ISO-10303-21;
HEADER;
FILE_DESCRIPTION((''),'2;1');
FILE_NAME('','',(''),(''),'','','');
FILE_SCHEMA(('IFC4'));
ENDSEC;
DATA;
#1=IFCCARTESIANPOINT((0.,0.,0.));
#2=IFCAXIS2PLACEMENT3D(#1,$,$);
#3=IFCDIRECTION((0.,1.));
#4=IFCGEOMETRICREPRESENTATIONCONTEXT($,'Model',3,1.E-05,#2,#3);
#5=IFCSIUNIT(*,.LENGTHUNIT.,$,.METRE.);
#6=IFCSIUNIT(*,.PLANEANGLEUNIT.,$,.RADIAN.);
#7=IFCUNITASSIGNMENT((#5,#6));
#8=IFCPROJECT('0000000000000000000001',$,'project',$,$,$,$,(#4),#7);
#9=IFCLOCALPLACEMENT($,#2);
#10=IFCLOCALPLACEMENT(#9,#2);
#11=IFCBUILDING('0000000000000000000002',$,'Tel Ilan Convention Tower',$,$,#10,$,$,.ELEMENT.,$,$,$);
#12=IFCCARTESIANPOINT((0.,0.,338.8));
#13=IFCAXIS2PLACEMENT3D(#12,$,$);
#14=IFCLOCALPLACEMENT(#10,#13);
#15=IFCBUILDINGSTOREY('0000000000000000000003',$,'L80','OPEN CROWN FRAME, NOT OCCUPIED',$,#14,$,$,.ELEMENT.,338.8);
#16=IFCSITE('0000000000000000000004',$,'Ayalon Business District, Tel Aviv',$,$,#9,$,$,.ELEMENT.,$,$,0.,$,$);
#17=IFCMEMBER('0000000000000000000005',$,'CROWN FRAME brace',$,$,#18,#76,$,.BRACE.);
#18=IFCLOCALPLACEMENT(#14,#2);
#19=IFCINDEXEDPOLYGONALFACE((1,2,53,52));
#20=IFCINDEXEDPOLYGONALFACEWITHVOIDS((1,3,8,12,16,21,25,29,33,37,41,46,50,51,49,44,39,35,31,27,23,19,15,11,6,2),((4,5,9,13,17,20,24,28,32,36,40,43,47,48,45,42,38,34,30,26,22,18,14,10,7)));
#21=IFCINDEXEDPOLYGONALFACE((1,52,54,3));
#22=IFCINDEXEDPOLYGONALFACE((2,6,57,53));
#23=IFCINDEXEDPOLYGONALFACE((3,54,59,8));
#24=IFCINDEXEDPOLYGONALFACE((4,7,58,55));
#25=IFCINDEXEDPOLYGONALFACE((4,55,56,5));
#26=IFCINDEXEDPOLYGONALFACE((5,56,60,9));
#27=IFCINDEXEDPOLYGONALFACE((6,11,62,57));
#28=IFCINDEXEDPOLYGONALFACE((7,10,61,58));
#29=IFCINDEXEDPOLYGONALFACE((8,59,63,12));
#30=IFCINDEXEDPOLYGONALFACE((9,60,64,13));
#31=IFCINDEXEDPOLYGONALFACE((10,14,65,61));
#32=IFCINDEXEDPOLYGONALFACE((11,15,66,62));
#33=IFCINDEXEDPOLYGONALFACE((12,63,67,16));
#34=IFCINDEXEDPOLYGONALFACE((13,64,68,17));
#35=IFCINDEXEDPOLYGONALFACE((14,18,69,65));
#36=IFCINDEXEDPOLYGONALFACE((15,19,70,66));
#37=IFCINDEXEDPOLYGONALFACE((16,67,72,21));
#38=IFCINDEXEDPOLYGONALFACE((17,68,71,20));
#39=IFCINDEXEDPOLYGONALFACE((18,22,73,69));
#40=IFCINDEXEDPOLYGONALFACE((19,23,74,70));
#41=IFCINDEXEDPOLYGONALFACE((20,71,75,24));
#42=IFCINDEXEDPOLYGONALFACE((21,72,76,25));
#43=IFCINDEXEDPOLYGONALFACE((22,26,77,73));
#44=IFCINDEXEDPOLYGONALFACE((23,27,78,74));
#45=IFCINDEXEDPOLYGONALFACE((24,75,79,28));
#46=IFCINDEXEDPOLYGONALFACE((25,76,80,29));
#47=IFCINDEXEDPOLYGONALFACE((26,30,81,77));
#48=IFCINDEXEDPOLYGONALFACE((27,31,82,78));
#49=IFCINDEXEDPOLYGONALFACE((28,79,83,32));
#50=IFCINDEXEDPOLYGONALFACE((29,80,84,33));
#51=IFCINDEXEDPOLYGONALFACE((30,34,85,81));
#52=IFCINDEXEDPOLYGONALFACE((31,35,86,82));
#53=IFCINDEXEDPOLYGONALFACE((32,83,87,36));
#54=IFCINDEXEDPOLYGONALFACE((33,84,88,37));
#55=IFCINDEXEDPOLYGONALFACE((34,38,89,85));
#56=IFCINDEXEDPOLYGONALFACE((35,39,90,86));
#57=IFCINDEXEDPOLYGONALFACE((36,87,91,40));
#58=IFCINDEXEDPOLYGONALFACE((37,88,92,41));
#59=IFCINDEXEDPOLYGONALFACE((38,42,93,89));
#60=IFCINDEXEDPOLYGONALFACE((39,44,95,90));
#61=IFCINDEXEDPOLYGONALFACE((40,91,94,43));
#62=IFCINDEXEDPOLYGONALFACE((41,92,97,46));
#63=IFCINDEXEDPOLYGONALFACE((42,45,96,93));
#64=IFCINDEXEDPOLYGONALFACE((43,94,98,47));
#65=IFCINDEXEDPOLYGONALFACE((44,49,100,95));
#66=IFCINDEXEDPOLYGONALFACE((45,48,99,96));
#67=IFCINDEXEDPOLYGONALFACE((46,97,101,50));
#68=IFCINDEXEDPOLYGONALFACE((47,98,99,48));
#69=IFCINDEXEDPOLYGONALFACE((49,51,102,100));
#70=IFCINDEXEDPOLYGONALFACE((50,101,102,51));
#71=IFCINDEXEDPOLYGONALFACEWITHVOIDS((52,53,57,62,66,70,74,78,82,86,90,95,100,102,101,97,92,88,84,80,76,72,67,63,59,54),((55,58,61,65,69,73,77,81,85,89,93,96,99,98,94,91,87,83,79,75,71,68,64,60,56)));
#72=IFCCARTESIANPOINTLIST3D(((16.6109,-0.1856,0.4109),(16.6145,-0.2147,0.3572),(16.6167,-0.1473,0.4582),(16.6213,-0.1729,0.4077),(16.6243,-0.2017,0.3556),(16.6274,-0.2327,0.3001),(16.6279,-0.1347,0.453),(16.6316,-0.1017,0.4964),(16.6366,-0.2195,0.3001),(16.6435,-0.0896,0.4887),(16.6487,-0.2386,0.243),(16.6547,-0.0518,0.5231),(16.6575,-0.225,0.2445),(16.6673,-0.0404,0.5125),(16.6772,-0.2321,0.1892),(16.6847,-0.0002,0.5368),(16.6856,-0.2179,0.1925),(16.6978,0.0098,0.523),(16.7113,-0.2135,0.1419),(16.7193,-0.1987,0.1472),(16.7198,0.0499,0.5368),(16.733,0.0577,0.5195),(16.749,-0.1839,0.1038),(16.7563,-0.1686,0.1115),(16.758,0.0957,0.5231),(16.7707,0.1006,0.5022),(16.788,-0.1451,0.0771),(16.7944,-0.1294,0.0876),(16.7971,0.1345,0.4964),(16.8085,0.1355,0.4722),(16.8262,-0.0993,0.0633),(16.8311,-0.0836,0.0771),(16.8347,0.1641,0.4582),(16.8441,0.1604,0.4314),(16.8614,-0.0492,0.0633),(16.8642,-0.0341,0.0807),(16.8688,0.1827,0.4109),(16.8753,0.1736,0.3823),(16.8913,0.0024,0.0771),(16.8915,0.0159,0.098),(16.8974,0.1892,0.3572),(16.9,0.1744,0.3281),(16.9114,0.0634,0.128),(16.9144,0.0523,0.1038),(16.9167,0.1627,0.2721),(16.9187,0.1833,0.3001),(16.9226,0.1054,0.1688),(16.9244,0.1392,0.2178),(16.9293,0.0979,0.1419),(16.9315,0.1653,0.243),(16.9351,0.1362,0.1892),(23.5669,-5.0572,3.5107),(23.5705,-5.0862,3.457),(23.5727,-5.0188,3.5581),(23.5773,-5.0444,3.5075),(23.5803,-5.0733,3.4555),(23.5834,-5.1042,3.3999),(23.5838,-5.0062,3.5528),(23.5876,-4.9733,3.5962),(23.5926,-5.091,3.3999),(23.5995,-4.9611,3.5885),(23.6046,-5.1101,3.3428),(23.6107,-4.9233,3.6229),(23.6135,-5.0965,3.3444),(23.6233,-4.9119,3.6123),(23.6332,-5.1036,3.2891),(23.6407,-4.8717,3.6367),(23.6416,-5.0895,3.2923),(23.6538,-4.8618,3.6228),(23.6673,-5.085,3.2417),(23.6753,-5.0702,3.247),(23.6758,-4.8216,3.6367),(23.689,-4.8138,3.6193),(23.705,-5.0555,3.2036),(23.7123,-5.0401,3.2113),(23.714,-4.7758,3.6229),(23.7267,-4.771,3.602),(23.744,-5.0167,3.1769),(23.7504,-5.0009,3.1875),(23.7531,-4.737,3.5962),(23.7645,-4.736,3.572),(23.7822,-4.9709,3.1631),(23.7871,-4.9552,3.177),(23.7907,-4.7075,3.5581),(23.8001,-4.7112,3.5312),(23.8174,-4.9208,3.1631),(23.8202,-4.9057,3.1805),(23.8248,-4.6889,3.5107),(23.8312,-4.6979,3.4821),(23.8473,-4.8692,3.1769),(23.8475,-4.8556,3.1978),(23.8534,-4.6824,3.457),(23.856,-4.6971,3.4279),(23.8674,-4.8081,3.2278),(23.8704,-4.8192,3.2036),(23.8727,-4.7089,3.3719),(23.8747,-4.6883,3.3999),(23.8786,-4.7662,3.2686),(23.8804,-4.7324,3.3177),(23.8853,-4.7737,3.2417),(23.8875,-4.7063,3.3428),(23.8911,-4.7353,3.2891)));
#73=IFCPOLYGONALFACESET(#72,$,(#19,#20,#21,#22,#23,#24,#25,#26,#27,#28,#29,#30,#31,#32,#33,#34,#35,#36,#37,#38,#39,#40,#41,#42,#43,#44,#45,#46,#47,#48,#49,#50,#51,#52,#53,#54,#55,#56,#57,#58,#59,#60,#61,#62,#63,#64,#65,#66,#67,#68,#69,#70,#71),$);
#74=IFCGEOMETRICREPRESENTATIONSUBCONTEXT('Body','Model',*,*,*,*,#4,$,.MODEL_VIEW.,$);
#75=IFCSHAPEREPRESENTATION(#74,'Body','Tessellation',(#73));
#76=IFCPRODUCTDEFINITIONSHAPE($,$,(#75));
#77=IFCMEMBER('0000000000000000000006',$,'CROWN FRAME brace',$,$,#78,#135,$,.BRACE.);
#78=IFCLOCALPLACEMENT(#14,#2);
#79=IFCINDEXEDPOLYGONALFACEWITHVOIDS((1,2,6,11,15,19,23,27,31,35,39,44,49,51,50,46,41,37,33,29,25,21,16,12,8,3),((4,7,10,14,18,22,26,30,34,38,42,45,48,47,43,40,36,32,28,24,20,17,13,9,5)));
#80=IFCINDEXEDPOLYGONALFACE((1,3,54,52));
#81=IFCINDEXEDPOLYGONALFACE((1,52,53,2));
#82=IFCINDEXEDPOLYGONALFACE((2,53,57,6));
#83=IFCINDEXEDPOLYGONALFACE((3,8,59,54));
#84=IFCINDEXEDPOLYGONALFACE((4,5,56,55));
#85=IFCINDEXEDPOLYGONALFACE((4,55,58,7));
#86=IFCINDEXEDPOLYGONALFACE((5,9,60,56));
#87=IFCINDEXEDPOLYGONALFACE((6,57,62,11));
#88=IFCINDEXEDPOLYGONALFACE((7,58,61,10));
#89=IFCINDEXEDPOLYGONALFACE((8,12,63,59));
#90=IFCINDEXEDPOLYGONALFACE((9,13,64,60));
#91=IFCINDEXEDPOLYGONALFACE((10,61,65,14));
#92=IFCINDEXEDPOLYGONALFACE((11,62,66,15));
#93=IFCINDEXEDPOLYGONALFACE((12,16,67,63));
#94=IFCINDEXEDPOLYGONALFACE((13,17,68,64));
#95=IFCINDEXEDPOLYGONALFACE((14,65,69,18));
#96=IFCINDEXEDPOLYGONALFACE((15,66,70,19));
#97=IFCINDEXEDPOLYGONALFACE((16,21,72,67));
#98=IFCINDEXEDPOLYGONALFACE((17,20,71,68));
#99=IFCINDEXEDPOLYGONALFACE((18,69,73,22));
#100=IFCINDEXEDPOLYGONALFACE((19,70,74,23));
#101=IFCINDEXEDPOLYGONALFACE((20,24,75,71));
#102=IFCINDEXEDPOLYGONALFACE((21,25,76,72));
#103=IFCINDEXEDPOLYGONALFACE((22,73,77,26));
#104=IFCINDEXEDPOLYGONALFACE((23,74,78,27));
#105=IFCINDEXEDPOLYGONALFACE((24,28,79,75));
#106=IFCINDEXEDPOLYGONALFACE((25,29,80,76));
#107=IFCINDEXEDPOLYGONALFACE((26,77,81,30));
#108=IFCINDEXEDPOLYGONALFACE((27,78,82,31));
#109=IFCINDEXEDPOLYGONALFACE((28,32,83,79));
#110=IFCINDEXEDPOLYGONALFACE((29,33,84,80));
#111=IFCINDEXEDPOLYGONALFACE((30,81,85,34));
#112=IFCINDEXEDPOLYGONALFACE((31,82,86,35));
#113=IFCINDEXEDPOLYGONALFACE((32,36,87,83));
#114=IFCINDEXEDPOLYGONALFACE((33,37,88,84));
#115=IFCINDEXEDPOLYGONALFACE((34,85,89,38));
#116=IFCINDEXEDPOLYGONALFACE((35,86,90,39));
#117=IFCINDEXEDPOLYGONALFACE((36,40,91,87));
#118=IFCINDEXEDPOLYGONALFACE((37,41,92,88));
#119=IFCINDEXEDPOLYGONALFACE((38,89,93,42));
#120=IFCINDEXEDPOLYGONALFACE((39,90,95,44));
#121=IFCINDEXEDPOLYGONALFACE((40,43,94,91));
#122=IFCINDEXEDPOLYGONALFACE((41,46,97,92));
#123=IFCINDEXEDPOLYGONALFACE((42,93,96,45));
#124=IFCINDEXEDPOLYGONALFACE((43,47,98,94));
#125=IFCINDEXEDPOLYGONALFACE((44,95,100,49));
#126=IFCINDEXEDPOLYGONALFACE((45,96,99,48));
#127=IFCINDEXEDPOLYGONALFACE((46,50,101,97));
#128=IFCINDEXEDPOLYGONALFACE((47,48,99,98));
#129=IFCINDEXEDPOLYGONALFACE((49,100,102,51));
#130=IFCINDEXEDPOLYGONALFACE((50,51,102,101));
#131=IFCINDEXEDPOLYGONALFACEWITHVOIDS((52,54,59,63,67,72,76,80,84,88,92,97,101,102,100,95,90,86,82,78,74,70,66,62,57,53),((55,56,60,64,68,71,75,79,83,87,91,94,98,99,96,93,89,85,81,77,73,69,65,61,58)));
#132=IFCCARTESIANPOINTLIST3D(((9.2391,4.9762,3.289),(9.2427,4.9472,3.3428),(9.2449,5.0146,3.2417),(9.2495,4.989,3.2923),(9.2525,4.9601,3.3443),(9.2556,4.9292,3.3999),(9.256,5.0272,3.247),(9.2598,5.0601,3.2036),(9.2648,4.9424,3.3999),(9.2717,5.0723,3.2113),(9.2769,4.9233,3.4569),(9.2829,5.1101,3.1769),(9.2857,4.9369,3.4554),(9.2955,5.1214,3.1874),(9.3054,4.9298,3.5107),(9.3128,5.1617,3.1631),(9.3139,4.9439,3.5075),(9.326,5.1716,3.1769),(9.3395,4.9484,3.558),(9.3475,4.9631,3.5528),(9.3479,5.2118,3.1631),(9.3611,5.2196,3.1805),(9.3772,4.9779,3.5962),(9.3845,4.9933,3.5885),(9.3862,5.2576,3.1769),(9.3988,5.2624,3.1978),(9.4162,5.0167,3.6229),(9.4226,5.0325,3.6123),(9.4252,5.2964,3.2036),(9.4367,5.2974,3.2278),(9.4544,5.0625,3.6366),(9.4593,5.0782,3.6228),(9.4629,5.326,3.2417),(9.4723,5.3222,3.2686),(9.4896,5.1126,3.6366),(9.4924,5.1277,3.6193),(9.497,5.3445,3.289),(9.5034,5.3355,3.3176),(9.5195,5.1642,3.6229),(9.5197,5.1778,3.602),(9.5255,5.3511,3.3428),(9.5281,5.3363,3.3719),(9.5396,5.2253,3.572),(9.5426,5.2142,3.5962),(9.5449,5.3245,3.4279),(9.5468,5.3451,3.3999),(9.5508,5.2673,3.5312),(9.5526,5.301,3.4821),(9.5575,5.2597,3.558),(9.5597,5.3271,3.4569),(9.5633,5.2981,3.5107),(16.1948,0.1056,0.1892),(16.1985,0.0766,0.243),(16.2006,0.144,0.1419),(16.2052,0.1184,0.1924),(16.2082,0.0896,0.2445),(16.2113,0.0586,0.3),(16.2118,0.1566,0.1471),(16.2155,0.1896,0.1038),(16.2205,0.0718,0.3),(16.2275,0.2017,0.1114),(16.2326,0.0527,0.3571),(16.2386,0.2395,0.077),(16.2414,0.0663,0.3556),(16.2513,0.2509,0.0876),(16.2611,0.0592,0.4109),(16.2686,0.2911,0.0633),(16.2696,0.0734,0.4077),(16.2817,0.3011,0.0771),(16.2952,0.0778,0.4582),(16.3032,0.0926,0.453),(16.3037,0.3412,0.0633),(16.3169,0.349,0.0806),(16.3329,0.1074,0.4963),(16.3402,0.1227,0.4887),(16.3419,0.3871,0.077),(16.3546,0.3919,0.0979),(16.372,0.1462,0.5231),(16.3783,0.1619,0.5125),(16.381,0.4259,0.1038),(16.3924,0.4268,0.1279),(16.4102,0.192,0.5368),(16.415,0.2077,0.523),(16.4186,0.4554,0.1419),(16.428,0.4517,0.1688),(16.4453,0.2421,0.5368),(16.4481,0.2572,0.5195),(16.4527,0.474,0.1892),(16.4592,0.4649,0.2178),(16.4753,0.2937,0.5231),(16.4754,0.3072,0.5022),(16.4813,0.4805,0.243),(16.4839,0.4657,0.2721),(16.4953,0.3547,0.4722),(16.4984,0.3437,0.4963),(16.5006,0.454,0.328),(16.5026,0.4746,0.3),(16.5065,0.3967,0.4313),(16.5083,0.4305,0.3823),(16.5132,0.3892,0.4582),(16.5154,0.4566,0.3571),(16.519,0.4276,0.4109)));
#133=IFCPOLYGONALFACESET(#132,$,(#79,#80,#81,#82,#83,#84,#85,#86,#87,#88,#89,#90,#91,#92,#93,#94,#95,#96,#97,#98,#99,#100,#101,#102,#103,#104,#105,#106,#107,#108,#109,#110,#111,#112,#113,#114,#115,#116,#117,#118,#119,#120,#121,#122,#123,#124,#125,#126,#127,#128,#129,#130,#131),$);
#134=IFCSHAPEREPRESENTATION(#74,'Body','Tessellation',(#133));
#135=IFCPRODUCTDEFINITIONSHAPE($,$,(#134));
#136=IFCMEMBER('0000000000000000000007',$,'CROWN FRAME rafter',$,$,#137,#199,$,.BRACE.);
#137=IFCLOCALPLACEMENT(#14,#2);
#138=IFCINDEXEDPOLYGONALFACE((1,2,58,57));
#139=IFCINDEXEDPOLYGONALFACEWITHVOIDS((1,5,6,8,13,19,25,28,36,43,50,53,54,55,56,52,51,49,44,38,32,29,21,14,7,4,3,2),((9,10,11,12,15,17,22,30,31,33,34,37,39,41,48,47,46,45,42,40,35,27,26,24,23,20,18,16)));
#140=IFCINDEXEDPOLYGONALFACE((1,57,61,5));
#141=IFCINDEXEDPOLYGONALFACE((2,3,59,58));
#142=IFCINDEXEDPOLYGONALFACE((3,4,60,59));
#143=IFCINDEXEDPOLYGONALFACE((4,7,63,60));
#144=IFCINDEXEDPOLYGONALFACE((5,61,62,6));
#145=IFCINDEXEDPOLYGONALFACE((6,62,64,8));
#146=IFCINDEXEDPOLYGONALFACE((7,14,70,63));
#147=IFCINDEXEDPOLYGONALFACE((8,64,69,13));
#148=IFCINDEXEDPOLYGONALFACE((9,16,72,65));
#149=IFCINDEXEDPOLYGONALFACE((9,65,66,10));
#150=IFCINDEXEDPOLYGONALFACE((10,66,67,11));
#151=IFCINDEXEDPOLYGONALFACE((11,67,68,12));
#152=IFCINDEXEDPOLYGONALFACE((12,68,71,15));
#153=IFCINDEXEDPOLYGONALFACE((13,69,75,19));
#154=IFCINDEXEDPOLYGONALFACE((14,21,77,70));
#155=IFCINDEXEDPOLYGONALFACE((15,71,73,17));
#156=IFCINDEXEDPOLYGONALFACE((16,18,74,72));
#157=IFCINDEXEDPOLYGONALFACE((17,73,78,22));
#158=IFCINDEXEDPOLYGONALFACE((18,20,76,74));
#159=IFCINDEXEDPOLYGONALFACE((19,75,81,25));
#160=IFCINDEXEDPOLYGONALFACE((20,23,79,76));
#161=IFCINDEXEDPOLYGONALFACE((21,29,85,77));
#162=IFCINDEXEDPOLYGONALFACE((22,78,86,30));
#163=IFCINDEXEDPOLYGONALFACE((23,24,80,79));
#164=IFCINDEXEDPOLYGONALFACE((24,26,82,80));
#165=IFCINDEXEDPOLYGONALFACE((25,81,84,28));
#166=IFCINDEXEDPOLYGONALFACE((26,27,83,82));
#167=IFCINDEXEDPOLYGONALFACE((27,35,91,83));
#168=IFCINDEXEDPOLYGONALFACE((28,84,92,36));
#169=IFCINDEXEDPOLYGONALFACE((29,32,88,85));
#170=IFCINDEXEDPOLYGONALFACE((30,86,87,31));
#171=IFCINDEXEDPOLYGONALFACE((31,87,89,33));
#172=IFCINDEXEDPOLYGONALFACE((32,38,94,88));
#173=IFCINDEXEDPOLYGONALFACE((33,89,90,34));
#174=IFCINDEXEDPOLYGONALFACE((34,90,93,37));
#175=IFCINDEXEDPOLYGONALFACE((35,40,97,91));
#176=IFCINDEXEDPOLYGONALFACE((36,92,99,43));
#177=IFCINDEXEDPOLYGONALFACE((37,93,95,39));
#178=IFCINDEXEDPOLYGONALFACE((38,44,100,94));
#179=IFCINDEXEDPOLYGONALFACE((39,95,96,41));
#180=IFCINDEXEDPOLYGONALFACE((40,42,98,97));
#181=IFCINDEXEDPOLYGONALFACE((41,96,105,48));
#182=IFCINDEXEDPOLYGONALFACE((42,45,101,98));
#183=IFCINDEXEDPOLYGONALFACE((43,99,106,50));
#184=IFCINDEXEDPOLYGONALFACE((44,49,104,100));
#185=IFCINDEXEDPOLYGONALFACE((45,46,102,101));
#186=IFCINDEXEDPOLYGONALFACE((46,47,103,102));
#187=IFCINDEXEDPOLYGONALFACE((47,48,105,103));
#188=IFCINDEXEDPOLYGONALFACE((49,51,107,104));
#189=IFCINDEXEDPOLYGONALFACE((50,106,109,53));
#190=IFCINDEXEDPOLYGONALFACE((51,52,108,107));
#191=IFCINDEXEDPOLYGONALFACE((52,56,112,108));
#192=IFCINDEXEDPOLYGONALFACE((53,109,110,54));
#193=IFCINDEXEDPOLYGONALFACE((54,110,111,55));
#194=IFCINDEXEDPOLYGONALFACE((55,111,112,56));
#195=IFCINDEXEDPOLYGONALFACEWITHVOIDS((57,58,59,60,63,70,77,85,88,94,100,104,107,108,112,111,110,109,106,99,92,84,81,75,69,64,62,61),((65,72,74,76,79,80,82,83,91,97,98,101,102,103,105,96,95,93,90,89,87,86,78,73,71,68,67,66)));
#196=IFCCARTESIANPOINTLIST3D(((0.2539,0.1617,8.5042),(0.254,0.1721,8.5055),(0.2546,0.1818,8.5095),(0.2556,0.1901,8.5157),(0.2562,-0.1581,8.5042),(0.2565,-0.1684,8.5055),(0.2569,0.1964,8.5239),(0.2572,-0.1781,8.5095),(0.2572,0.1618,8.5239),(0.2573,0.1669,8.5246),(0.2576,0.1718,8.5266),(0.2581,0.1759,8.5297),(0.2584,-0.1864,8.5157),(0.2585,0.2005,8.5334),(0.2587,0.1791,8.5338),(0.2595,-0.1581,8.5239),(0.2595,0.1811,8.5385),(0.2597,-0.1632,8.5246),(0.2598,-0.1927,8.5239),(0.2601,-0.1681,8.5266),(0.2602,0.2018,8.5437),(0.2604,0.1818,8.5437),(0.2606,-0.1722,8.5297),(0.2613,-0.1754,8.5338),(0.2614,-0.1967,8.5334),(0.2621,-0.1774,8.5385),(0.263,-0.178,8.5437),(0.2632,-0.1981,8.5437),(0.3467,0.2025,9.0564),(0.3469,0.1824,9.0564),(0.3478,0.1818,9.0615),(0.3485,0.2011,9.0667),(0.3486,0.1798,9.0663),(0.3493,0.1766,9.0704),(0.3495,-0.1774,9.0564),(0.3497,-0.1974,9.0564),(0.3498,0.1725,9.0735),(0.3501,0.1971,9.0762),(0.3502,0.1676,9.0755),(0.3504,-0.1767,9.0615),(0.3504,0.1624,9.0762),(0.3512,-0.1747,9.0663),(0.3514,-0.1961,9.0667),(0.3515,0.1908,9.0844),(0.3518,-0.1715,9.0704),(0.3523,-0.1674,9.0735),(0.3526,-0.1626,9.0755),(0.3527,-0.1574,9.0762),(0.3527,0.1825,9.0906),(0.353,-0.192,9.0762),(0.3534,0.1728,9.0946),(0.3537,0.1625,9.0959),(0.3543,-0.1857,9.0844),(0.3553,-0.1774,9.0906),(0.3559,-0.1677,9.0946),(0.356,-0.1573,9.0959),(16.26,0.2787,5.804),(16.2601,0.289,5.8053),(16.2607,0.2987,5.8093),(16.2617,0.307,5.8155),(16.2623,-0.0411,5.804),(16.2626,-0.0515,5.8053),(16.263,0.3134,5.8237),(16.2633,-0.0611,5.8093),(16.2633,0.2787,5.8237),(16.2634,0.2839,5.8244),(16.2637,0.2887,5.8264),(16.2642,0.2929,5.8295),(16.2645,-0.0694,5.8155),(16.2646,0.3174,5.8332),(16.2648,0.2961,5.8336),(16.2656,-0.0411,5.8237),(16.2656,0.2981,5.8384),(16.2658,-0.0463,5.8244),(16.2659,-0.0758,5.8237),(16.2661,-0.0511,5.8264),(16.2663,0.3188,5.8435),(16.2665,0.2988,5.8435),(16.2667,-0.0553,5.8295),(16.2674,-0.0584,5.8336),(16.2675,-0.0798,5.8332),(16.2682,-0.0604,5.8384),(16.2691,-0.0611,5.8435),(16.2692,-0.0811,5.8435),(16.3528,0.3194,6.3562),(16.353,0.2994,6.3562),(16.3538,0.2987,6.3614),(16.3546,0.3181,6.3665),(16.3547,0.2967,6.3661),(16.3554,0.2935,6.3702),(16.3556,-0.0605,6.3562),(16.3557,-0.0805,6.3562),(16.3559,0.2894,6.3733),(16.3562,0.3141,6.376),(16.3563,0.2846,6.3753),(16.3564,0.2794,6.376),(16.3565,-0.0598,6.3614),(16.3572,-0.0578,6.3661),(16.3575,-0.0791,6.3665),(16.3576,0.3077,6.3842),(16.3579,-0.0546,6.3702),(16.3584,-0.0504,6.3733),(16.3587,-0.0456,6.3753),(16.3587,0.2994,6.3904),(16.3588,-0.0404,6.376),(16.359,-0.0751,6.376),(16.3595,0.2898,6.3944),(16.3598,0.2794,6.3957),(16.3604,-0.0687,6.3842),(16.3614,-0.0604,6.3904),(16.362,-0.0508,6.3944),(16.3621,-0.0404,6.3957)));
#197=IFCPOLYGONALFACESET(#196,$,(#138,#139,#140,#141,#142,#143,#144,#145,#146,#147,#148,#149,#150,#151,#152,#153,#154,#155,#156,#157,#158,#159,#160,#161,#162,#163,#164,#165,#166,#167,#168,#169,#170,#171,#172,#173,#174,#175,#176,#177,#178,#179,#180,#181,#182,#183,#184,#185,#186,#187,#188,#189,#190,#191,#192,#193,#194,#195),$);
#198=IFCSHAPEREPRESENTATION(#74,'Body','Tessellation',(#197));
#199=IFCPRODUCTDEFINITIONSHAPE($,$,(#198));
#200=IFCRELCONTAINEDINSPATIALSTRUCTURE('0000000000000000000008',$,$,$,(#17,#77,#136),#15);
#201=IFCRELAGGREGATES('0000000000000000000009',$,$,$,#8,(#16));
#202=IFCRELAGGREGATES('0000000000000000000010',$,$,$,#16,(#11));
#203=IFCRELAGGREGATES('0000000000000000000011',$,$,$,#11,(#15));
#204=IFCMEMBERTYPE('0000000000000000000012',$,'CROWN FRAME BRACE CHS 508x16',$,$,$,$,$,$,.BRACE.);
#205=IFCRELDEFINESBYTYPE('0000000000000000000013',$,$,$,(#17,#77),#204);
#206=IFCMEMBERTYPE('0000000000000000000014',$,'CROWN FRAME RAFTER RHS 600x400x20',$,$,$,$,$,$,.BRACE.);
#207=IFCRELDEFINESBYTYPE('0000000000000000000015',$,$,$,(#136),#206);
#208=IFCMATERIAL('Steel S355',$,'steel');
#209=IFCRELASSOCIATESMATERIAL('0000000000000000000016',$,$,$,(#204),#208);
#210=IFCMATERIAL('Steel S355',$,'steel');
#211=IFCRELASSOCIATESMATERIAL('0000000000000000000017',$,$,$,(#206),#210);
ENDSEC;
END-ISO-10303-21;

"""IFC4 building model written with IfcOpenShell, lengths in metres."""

from ifc_helpers import new_model, si_unit, direction, frame, origin, origin_2d, place, context, subcontext, project, spatial, hollow_rectangle, hollow_circle, extrude, material, material_profile, profile_set, type_object, element, save


model = new_model("IFC4")

# Units and contexts
model_context = context("Model", 3, precision=1e-05, world=origin(), true_north=direction((0.0, 1.0)))
body_context = subcontext(model_context, "Body", "Model", "MODEL_VIEW")
ifc_project = project(units=[si_unit("LENGTHUNIT", "METRE"), si_unit("PLANEANGLEUNIT", "RADIAN")], contexts=[model_context])

# Site, building, storey
site_placement = place(None, origin())
site = spatial("IfcSite", under=ifc_project, at=site_placement, Name="Ayalon Business District, Tel Aviv", CompositionType="ELEMENT", RefElevation=0.0)
building_placement = place(site_placement, origin())
building = spatial("IfcBuilding", under=site, at=building_placement, Name="Tel Ilan Convention Tower", CompositionType="ELEMENT")
storey_placement = place(building_placement, frame((0.0, 0.0, 338.8)))
storey = spatial("IfcBuildingStorey", under=building, at=storey_placement, Name="L80", Description="OPEN CROWN FRAME, NOT OCCUPIED", CompositionType="ELEMENT", Elevation=338.8)

# Members
ifc_material_1 = material(Name="Steel S355", Category="steel")
ifc_material_profile_1 = material_profile(ifc_material_1, hollow_circle(Radius=0.2539, WallThickness=0.0161, at=origin_2d()), Name="CHS 508x16")
ifc_profile_set_1 = profile_set([ifc_material_profile_1], Name="Steel S355")
member_type_1 = type_object("IfcMemberType", Name="CROWN FRAME BRACE CHS 508x16", PredefinedType="BRACE", material=ifc_profile_set_1)
member_1_placement = place(storey_placement, frame((23.729, -4.8962, 3.3999), z_axis=(-0.769444, 0.53887, -0.342891), x_axis=(-0.573648, -0.819102, 0.0)))
element("IfcMember", 1, at=member_1_placement, inside=storey, type_object=member_type_1, Name="CROWN FRAME brace", PredefinedType="BRACE", context=body_context, shape_type="SweptSolid", body=[
    extrude(hollow_circle(Radius=0.2539, WallThickness=0.0161, at=origin_2d()), origin(), (0.0, 0.0, 1.0), 9.0403),
])
member_2_placement = place(storey_placement, frame((16.3569, 0.2666, 0.3), z_axis=(-0.769478, 0.538805, 0.342918), x_axis=(-0.573584, -0.819147, 0.0)))
element("IfcMember", 2, at=member_2_placement, inside=storey, type_object=member_type_1, Name="CROWN FRAME brace", PredefinedType="BRACE", context=body_context, shape_type="SweptSolid", body=[
    extrude(hollow_circle(Radius=0.2539, WallThickness=0.0161, at=origin_2d()), origin(), (0.0, 0.0, 1.0), 9.0396),
])
ifc_material_2 = material(Name="Steel S355", Category="steel")
ifc_material_profile_2 = material_profile(ifc_material_2, hollow_rectangle(XDim=0.3999, YDim=0.6001, WallThickness=0.02, InnerFilletRadius=0.02, OuterFilletRadius=0.04, at=origin_2d()), Name="RHS 600x400x20")
ifc_profile_set_2 = profile_set([ifc_material_profile_2], Name="Steel S355")
member_type_2 = type_object("IfcMemberType", Name="CROWN FRAME RAFTER RHS 600x400x20", PredefinedType="BRACE", material=ifc_profile_set_2)
member_3_placement = place(storey_placement, frame((16.311, 0.1191, 6.0999), z_axis=(-0.986042, -0.007204, 0.166343), x_axis=(0.007306, -0.999973, 0.0)))
element("IfcMember", 3, at=member_3_placement, inside=storey, type_object=member_type_2, Name="CROWN FRAME rafter", PredefinedType="BRACE", context=body_context, shape_type="SweptSolid", body=[
    extrude(hollow_rectangle(XDim=0.3999, YDim=0.6001, WallThickness=0.02, InnerFilletRadius=0.02, OuterFilletRadius=0.04, at=origin_2d()), origin(), (0.0, 0.0, 1.0), 16.2327),
])

save(model, "model.ifc")
